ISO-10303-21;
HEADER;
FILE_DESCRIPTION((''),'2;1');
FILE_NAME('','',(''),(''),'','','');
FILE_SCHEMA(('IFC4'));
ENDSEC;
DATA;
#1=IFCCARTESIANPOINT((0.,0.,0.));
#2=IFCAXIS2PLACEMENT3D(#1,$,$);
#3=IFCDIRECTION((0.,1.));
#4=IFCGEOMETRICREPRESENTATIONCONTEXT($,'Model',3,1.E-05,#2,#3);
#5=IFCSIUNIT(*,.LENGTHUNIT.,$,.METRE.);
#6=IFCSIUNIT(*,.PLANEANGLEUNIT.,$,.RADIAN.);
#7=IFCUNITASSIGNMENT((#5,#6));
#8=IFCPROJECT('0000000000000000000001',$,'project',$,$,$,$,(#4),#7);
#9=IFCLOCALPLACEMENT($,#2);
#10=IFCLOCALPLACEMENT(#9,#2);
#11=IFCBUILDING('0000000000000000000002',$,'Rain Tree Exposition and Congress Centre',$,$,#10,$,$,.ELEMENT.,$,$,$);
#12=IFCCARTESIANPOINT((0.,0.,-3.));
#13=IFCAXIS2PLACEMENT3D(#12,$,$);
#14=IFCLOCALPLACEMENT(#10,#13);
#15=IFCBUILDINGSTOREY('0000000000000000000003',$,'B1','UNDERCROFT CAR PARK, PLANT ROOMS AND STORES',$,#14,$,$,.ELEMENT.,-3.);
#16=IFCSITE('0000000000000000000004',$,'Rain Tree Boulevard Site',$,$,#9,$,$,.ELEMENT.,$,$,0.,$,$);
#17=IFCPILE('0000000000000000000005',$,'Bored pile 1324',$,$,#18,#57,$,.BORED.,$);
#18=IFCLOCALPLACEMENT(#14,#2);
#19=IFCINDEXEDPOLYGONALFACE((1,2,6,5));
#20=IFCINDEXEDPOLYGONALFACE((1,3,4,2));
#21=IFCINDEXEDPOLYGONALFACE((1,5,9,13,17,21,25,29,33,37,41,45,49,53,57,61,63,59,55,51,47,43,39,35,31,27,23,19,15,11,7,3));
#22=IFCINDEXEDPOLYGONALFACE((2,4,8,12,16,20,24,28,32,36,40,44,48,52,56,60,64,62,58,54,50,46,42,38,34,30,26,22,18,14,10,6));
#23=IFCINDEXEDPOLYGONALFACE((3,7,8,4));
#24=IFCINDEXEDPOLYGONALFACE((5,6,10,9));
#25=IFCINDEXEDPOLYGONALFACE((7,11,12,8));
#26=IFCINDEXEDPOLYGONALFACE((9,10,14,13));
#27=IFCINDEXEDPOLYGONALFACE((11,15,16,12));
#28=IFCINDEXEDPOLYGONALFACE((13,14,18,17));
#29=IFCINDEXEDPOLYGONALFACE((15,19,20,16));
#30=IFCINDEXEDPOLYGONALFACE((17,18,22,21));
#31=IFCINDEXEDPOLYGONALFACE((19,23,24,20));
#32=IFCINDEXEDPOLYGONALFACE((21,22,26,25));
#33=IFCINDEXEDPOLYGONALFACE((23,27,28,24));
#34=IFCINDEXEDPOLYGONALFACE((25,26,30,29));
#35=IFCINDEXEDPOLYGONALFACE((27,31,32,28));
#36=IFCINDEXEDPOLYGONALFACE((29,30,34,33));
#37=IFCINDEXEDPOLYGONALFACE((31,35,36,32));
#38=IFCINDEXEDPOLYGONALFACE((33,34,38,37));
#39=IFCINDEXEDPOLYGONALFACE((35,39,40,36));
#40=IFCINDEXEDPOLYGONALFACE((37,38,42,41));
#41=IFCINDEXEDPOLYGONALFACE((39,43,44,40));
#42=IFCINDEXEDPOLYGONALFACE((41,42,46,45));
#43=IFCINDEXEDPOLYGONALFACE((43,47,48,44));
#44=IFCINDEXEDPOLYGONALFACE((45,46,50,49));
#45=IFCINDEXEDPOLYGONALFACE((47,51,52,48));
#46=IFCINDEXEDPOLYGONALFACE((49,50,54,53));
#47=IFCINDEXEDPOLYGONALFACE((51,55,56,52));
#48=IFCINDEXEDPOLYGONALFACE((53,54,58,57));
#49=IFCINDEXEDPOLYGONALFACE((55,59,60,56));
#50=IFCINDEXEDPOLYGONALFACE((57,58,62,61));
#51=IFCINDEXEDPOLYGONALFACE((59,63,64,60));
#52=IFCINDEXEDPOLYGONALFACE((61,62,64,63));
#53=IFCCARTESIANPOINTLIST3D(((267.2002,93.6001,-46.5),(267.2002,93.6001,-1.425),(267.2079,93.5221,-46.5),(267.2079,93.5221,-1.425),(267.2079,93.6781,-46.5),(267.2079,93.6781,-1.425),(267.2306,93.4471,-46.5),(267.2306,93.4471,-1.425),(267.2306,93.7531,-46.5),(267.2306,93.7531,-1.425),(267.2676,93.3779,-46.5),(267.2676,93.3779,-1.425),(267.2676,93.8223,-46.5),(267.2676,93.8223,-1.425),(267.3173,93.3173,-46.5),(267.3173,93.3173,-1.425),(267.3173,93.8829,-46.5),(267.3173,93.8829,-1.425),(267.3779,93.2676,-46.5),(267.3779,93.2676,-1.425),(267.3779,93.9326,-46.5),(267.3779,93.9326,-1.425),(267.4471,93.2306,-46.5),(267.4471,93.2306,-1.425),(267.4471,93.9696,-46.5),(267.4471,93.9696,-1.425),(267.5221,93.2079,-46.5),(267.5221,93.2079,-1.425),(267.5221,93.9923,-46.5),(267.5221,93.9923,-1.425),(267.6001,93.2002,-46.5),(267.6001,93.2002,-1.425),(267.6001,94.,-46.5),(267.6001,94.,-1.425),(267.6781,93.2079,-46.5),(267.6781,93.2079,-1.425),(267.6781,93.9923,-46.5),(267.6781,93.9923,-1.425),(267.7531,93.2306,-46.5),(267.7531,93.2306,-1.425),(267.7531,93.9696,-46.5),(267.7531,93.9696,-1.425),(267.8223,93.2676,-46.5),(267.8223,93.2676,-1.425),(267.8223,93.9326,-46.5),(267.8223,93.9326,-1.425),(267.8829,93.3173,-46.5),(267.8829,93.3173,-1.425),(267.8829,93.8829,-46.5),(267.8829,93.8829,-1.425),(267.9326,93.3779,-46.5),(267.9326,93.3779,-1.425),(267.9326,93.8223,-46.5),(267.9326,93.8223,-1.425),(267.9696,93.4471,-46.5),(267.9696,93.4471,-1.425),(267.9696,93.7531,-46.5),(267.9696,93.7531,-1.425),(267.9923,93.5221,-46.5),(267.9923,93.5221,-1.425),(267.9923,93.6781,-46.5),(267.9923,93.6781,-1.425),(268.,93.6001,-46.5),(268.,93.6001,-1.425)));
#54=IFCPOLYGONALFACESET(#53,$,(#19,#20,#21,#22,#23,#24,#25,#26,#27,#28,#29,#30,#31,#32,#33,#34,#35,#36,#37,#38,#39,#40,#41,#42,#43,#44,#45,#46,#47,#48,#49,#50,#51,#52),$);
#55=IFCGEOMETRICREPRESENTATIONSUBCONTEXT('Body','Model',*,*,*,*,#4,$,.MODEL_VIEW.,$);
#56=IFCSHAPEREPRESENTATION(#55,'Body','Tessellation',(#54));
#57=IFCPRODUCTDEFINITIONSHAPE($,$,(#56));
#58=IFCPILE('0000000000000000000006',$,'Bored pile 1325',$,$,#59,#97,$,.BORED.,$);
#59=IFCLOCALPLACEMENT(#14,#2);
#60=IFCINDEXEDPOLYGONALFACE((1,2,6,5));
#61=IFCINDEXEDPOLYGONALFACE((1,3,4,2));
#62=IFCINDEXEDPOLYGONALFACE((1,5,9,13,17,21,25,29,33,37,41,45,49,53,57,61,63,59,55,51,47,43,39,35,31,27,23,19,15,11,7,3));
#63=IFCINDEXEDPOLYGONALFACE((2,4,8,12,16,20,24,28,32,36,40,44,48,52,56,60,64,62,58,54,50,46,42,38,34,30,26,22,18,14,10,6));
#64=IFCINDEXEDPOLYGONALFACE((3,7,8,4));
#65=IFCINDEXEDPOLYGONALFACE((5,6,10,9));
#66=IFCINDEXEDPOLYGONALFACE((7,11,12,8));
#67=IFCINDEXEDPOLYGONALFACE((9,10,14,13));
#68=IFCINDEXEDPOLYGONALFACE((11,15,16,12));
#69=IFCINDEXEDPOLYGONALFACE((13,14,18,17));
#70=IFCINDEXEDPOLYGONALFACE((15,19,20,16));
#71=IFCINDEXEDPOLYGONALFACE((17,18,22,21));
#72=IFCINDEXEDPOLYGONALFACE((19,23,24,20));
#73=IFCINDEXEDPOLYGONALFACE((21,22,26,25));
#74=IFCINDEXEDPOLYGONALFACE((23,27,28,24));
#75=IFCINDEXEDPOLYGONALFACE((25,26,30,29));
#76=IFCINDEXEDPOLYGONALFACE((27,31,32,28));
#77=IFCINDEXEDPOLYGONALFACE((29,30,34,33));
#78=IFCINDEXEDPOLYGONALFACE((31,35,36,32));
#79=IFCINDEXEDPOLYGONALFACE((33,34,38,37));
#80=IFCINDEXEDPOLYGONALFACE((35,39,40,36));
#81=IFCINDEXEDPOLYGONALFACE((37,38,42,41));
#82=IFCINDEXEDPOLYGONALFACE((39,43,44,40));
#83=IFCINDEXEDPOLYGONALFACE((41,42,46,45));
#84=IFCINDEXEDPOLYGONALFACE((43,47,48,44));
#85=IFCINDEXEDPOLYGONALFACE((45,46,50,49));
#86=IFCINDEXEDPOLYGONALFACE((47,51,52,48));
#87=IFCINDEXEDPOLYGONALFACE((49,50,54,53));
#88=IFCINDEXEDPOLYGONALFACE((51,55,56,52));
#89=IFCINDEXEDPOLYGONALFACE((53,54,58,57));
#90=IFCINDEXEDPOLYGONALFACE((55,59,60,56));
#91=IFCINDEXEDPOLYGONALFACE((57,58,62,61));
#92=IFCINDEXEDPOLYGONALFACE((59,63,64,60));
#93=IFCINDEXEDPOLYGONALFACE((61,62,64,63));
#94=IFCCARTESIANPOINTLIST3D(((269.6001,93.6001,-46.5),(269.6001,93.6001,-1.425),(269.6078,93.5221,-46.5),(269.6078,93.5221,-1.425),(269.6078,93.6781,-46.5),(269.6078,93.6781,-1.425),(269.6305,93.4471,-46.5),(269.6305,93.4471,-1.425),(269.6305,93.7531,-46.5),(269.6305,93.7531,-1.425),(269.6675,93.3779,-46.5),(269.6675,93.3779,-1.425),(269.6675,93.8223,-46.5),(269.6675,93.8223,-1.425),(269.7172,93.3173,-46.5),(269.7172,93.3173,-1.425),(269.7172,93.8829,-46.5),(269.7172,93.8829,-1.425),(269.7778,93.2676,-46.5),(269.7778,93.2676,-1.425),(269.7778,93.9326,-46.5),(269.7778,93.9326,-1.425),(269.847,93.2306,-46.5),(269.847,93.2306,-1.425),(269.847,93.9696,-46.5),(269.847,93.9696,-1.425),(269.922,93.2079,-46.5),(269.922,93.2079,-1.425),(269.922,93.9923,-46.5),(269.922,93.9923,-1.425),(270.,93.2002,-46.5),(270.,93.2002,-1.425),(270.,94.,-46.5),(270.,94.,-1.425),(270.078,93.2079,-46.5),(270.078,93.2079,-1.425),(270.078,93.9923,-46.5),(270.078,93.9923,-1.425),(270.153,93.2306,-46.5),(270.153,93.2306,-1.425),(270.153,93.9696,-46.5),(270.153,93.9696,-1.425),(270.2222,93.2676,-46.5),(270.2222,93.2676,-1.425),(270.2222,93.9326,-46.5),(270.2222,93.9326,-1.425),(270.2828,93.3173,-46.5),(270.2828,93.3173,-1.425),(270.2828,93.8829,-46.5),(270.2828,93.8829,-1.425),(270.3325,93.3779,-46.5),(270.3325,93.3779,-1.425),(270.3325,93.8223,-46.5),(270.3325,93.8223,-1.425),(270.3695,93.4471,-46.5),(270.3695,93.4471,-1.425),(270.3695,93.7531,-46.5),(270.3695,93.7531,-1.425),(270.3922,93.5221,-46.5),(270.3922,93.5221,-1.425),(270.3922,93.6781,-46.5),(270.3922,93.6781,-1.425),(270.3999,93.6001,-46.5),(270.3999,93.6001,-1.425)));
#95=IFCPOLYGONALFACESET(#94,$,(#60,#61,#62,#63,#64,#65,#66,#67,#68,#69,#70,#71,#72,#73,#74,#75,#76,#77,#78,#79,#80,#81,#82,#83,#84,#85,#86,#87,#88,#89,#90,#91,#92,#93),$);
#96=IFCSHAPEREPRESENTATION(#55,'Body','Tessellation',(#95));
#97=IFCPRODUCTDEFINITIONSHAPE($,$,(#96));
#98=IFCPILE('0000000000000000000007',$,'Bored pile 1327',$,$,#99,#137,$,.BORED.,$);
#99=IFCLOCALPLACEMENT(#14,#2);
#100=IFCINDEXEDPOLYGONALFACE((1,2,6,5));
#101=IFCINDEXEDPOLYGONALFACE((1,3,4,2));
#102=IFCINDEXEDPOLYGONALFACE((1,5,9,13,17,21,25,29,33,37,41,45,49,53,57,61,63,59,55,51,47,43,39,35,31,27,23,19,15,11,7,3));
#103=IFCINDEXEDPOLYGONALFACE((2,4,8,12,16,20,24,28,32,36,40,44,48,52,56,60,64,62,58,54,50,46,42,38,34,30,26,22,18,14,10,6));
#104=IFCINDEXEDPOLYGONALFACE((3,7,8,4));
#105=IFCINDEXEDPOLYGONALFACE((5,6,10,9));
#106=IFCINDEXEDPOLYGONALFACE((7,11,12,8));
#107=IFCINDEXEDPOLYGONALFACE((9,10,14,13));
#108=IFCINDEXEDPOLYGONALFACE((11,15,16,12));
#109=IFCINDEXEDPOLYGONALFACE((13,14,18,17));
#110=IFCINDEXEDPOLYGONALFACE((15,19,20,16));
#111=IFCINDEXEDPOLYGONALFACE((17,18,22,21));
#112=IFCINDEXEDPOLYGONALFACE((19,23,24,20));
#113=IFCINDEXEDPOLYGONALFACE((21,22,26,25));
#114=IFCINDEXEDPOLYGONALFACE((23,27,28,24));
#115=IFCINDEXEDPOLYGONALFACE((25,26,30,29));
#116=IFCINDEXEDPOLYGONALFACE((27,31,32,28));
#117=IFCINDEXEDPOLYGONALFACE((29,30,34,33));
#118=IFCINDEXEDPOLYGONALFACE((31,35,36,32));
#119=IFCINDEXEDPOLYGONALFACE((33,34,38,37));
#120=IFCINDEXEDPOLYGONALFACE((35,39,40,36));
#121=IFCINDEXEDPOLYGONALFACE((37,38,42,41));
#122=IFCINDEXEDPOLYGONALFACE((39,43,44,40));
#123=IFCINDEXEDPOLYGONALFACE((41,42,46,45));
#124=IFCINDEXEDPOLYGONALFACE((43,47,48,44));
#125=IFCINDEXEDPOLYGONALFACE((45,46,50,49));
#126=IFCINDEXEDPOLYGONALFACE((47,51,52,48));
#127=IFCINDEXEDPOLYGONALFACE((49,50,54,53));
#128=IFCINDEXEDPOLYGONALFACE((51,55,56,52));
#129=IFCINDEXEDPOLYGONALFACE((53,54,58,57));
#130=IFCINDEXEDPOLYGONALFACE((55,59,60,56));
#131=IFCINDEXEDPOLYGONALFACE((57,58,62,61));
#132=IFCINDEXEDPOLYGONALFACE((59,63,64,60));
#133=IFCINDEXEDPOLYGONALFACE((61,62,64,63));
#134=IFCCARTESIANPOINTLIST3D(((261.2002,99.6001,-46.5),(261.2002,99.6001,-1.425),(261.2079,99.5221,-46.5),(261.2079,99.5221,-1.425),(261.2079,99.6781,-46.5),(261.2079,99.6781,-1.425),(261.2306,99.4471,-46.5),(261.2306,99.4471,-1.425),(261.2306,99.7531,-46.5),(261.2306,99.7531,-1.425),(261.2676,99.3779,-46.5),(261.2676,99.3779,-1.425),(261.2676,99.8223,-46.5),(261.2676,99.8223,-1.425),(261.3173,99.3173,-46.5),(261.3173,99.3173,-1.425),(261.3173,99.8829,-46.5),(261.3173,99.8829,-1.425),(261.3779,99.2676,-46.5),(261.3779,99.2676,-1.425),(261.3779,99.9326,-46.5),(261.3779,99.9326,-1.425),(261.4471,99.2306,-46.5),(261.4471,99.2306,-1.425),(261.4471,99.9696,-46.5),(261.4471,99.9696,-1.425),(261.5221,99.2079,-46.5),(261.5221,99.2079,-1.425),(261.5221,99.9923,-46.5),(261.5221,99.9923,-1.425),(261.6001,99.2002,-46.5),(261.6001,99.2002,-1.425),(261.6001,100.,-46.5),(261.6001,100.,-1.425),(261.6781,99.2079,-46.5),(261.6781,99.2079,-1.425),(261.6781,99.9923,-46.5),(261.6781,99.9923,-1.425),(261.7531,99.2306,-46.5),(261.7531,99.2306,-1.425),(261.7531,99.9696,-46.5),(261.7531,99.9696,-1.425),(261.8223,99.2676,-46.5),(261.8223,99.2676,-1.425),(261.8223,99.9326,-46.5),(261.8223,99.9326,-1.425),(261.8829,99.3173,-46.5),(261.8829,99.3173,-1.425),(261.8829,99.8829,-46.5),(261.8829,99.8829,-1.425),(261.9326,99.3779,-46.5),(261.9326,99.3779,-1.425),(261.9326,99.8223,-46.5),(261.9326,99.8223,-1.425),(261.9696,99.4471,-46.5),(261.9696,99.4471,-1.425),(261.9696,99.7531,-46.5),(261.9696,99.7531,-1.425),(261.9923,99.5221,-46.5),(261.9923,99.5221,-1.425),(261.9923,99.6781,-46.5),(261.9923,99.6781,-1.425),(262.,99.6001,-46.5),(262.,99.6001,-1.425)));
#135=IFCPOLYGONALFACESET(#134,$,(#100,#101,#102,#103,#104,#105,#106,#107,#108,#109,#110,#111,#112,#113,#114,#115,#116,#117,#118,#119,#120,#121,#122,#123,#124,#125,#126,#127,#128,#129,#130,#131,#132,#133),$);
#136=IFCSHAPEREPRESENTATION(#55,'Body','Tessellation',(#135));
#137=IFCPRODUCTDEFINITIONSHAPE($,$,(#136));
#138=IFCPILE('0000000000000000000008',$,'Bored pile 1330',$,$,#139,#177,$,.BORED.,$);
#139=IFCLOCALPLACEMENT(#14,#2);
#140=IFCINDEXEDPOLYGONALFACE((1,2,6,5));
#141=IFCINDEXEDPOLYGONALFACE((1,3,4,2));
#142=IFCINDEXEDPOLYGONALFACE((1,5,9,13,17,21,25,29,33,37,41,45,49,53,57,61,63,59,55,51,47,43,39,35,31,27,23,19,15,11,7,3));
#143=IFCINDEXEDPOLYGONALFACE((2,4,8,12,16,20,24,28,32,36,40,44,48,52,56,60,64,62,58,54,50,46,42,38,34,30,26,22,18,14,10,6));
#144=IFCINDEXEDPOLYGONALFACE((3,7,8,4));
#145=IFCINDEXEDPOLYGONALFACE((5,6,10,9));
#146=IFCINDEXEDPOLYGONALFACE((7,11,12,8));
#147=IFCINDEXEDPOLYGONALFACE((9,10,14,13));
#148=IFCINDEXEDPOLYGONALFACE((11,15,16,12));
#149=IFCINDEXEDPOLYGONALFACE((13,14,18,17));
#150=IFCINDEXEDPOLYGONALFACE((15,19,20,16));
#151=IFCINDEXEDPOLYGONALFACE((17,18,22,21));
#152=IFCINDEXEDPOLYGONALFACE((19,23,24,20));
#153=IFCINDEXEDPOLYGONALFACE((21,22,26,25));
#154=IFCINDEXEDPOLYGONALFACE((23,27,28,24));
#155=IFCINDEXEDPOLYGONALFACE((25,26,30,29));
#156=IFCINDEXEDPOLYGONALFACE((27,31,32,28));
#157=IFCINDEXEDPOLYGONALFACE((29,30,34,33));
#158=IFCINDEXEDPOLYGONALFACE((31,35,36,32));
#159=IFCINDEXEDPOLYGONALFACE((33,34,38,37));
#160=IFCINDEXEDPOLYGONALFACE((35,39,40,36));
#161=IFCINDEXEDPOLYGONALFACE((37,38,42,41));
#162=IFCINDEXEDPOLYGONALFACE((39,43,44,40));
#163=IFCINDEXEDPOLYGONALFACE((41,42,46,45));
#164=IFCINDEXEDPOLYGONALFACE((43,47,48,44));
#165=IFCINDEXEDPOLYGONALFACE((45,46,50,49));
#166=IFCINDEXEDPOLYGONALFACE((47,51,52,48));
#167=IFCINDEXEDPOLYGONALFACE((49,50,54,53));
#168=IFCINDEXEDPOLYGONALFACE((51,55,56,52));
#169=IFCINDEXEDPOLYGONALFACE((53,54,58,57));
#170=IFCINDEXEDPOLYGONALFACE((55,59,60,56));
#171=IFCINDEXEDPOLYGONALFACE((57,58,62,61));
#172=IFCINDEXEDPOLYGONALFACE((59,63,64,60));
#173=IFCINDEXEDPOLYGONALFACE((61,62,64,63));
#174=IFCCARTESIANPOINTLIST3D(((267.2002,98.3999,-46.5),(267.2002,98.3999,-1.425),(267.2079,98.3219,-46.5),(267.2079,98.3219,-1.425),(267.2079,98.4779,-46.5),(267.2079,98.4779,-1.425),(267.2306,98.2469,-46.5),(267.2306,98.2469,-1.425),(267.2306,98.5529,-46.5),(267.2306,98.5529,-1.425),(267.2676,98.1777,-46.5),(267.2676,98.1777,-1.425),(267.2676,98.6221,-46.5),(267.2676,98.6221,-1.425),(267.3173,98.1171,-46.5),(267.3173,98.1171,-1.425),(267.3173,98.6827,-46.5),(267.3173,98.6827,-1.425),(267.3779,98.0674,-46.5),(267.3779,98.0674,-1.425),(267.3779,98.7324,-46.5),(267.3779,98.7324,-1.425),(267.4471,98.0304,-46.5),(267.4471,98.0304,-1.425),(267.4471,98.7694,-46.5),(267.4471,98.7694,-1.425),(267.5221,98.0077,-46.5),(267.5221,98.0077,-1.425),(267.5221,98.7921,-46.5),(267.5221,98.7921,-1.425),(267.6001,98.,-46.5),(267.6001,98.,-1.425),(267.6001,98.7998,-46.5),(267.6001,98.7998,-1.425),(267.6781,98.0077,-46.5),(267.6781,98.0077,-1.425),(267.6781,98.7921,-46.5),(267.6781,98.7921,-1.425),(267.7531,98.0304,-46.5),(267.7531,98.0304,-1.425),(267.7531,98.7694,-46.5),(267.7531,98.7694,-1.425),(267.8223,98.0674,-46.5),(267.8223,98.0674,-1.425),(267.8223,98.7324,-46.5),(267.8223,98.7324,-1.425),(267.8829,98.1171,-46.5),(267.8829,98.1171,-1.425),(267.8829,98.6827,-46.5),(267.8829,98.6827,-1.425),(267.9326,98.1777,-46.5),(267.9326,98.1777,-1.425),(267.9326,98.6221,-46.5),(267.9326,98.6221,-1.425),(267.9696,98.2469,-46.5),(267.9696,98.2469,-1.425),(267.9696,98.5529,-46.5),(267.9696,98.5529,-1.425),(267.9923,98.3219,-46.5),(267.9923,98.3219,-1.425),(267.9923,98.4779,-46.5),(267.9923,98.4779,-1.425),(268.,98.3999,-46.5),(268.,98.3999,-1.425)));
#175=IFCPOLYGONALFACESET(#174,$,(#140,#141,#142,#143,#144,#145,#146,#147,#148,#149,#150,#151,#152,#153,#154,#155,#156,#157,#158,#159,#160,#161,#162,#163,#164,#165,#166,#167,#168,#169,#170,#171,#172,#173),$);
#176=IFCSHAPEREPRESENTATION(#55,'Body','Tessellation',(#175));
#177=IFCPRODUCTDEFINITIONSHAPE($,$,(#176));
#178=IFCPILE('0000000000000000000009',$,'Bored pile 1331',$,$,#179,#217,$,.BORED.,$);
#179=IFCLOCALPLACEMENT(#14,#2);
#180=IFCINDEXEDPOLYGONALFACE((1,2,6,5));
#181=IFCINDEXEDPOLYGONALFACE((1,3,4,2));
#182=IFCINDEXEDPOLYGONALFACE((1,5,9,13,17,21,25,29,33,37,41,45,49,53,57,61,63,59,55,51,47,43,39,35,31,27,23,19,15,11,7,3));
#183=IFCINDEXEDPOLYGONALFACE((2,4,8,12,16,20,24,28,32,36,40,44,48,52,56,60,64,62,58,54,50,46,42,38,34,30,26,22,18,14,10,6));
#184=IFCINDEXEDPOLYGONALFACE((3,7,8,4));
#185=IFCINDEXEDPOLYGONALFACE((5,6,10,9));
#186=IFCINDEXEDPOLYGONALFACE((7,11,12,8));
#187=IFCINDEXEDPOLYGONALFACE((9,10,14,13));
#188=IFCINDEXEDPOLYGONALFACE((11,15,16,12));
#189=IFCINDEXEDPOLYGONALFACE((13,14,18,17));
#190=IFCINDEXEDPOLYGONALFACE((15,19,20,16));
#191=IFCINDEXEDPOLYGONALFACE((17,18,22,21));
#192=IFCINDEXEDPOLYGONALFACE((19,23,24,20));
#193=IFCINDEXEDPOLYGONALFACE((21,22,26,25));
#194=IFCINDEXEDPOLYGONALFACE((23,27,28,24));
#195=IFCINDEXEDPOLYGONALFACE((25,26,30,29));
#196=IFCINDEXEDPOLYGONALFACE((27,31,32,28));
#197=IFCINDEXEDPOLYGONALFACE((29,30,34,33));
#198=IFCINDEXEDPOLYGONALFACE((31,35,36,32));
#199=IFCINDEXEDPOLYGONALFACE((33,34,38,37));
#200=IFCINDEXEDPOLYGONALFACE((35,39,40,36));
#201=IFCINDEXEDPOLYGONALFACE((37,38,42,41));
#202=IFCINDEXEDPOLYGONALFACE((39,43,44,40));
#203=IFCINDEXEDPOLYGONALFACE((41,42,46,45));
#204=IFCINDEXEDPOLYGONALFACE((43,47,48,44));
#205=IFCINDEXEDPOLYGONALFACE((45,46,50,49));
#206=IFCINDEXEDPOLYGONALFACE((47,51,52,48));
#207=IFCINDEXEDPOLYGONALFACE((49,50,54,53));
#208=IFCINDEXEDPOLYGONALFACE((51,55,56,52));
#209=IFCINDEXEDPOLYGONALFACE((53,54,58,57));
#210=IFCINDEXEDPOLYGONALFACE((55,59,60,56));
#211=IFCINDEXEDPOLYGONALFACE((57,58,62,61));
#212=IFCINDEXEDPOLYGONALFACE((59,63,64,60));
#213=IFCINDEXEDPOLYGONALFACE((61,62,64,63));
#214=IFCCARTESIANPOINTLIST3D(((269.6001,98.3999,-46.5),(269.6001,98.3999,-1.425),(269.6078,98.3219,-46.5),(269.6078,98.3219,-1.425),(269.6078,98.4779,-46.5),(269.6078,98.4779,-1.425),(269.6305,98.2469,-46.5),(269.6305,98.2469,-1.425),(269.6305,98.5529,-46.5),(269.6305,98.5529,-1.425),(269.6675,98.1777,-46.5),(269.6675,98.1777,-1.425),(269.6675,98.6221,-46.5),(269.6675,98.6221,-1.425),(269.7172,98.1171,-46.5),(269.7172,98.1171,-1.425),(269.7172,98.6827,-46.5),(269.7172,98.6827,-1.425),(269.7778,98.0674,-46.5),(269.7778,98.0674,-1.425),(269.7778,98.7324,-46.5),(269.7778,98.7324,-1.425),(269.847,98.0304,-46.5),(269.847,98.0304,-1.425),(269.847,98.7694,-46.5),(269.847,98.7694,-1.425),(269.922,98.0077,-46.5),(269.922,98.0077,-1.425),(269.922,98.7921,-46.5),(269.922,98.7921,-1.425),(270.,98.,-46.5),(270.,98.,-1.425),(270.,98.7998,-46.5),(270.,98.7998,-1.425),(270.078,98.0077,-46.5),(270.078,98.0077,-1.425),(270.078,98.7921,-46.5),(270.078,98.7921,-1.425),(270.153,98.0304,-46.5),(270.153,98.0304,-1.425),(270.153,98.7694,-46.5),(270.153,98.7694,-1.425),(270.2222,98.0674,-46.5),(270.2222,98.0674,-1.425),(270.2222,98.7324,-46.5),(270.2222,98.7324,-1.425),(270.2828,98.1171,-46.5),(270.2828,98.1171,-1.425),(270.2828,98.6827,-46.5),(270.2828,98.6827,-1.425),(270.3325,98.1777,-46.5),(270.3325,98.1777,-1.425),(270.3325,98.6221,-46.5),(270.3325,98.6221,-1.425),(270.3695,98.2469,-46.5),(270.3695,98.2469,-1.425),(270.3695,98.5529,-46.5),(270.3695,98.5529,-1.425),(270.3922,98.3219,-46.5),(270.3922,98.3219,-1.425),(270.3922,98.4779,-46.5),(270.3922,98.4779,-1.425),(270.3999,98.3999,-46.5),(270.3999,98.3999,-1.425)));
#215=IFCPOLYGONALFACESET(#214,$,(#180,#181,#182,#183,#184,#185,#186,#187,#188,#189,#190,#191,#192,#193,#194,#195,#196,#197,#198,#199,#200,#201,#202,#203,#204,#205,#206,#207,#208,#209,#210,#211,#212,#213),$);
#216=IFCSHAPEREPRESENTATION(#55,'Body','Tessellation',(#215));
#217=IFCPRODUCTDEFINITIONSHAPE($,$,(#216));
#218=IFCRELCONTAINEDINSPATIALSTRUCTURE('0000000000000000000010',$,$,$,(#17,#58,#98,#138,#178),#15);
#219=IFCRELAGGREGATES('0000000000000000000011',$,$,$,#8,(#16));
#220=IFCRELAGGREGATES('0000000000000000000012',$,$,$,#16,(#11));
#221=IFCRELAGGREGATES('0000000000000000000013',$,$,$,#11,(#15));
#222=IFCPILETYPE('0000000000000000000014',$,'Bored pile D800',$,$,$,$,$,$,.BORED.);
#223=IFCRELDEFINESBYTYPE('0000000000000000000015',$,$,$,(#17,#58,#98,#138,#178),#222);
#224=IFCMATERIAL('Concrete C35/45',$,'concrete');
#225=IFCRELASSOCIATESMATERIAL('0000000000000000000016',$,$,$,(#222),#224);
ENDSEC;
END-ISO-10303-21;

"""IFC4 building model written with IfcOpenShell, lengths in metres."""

from ifc_helpers import new_model, si_unit, direction, frame, origin, origin_2d, place, context, subcontext, project, spatial, circle, extrude, material, material_profile, profile_set, type_object, element, save


model = new_model("IFC4")

# Units and contexts
model_context = context("Model", 3, precision=1e-05, world=origin(), true_north=direction((0.0, 1.0)))
body_context = subcontext(model_context, "Body", "Model", "MODEL_VIEW")
ifc_project = project(units=[si_unit("LENGTHUNIT", "METRE"), si_unit("PLANEANGLEUNIT", "RADIAN")], contexts=[model_context])

# Site, building, storey
site_placement = place(None, origin())
site = spatial("IfcSite", under=ifc_project, at=site_placement, Name="Rain Tree Boulevard Site", CompositionType="ELEMENT", RefElevation=0.0)
building_placement = place(site_placement, origin())
building = spatial("IfcBuilding", under=site, at=building_placement, Name="Rain Tree Exposition and Congress Centre", CompositionType="ELEMENT")
storey_placement = place(building_placement, frame((0.0, 0.0, -3.0)))
storey = spatial("IfcBuildingStorey", under=building, at=storey_placement, Name="B1", Description="UNDERCROFT CAR PARK, PLANT ROOMS AND STORES", CompositionType="ELEMENT", Elevation=-3.0)

# Piles
ifc_material_1 = material(Name="Concrete C35/45", Category="concrete")
ifc_material_profile_1 = material_profile(ifc_material_1, circle(Radius=0.3999, at=origin_2d()), Name="D800")
ifc_profile_set_1 = profile_set([ifc_material_profile_1], Name="Concrete C35/45")
pile_type_1 = type_object("IfcPileType", Name="Bored pile D800", PredefinedType="BORED", material=ifc_profile_set_1)
for number, where, z_axis, x_axis, name in (
    (1, (267.6001, 93.6001, -1.425), (0.0, 0.0, -1.0), (1.0, 0.0, 0.0), "Bored pile 1324"),
    (2, (270.0, 93.6001, -1.425), (0.0, 0.0, -1.0), (1.0, 0.0, 0.0), "Bored pile 1325"),
    (3, (261.6001, 99.6001, -1.425), (0.0, 0.0, -1.0), (1.0, 0.0, 0.0), "Bored pile 1327"),
    (4, (267.6001, 98.3999, -1.425), (0.0, 0.0, -1.0), (1.0, 0.0, 0.0), "Bored pile 1330"),
    (5, (270.0, 98.3999, -1.425), (0.0, 0.0, -1.0), (1.0, 0.0, 0.0), "Bored pile 1331"),
):
    element("IfcPile", number, at=place(storey_placement, frame(where, z_axis=z_axis, x_axis=x_axis)), inside=storey, type_object=pile_type_1, Name=name, PredefinedType="BORED", context=body_context, shape_type="SweptSolid", body=[
        extrude(circle(Radius=0.3999, at=origin_2d()), origin(), (0.0, 0.0, 1.0), 45.075),
    ])

save(model, "model.ifc")
